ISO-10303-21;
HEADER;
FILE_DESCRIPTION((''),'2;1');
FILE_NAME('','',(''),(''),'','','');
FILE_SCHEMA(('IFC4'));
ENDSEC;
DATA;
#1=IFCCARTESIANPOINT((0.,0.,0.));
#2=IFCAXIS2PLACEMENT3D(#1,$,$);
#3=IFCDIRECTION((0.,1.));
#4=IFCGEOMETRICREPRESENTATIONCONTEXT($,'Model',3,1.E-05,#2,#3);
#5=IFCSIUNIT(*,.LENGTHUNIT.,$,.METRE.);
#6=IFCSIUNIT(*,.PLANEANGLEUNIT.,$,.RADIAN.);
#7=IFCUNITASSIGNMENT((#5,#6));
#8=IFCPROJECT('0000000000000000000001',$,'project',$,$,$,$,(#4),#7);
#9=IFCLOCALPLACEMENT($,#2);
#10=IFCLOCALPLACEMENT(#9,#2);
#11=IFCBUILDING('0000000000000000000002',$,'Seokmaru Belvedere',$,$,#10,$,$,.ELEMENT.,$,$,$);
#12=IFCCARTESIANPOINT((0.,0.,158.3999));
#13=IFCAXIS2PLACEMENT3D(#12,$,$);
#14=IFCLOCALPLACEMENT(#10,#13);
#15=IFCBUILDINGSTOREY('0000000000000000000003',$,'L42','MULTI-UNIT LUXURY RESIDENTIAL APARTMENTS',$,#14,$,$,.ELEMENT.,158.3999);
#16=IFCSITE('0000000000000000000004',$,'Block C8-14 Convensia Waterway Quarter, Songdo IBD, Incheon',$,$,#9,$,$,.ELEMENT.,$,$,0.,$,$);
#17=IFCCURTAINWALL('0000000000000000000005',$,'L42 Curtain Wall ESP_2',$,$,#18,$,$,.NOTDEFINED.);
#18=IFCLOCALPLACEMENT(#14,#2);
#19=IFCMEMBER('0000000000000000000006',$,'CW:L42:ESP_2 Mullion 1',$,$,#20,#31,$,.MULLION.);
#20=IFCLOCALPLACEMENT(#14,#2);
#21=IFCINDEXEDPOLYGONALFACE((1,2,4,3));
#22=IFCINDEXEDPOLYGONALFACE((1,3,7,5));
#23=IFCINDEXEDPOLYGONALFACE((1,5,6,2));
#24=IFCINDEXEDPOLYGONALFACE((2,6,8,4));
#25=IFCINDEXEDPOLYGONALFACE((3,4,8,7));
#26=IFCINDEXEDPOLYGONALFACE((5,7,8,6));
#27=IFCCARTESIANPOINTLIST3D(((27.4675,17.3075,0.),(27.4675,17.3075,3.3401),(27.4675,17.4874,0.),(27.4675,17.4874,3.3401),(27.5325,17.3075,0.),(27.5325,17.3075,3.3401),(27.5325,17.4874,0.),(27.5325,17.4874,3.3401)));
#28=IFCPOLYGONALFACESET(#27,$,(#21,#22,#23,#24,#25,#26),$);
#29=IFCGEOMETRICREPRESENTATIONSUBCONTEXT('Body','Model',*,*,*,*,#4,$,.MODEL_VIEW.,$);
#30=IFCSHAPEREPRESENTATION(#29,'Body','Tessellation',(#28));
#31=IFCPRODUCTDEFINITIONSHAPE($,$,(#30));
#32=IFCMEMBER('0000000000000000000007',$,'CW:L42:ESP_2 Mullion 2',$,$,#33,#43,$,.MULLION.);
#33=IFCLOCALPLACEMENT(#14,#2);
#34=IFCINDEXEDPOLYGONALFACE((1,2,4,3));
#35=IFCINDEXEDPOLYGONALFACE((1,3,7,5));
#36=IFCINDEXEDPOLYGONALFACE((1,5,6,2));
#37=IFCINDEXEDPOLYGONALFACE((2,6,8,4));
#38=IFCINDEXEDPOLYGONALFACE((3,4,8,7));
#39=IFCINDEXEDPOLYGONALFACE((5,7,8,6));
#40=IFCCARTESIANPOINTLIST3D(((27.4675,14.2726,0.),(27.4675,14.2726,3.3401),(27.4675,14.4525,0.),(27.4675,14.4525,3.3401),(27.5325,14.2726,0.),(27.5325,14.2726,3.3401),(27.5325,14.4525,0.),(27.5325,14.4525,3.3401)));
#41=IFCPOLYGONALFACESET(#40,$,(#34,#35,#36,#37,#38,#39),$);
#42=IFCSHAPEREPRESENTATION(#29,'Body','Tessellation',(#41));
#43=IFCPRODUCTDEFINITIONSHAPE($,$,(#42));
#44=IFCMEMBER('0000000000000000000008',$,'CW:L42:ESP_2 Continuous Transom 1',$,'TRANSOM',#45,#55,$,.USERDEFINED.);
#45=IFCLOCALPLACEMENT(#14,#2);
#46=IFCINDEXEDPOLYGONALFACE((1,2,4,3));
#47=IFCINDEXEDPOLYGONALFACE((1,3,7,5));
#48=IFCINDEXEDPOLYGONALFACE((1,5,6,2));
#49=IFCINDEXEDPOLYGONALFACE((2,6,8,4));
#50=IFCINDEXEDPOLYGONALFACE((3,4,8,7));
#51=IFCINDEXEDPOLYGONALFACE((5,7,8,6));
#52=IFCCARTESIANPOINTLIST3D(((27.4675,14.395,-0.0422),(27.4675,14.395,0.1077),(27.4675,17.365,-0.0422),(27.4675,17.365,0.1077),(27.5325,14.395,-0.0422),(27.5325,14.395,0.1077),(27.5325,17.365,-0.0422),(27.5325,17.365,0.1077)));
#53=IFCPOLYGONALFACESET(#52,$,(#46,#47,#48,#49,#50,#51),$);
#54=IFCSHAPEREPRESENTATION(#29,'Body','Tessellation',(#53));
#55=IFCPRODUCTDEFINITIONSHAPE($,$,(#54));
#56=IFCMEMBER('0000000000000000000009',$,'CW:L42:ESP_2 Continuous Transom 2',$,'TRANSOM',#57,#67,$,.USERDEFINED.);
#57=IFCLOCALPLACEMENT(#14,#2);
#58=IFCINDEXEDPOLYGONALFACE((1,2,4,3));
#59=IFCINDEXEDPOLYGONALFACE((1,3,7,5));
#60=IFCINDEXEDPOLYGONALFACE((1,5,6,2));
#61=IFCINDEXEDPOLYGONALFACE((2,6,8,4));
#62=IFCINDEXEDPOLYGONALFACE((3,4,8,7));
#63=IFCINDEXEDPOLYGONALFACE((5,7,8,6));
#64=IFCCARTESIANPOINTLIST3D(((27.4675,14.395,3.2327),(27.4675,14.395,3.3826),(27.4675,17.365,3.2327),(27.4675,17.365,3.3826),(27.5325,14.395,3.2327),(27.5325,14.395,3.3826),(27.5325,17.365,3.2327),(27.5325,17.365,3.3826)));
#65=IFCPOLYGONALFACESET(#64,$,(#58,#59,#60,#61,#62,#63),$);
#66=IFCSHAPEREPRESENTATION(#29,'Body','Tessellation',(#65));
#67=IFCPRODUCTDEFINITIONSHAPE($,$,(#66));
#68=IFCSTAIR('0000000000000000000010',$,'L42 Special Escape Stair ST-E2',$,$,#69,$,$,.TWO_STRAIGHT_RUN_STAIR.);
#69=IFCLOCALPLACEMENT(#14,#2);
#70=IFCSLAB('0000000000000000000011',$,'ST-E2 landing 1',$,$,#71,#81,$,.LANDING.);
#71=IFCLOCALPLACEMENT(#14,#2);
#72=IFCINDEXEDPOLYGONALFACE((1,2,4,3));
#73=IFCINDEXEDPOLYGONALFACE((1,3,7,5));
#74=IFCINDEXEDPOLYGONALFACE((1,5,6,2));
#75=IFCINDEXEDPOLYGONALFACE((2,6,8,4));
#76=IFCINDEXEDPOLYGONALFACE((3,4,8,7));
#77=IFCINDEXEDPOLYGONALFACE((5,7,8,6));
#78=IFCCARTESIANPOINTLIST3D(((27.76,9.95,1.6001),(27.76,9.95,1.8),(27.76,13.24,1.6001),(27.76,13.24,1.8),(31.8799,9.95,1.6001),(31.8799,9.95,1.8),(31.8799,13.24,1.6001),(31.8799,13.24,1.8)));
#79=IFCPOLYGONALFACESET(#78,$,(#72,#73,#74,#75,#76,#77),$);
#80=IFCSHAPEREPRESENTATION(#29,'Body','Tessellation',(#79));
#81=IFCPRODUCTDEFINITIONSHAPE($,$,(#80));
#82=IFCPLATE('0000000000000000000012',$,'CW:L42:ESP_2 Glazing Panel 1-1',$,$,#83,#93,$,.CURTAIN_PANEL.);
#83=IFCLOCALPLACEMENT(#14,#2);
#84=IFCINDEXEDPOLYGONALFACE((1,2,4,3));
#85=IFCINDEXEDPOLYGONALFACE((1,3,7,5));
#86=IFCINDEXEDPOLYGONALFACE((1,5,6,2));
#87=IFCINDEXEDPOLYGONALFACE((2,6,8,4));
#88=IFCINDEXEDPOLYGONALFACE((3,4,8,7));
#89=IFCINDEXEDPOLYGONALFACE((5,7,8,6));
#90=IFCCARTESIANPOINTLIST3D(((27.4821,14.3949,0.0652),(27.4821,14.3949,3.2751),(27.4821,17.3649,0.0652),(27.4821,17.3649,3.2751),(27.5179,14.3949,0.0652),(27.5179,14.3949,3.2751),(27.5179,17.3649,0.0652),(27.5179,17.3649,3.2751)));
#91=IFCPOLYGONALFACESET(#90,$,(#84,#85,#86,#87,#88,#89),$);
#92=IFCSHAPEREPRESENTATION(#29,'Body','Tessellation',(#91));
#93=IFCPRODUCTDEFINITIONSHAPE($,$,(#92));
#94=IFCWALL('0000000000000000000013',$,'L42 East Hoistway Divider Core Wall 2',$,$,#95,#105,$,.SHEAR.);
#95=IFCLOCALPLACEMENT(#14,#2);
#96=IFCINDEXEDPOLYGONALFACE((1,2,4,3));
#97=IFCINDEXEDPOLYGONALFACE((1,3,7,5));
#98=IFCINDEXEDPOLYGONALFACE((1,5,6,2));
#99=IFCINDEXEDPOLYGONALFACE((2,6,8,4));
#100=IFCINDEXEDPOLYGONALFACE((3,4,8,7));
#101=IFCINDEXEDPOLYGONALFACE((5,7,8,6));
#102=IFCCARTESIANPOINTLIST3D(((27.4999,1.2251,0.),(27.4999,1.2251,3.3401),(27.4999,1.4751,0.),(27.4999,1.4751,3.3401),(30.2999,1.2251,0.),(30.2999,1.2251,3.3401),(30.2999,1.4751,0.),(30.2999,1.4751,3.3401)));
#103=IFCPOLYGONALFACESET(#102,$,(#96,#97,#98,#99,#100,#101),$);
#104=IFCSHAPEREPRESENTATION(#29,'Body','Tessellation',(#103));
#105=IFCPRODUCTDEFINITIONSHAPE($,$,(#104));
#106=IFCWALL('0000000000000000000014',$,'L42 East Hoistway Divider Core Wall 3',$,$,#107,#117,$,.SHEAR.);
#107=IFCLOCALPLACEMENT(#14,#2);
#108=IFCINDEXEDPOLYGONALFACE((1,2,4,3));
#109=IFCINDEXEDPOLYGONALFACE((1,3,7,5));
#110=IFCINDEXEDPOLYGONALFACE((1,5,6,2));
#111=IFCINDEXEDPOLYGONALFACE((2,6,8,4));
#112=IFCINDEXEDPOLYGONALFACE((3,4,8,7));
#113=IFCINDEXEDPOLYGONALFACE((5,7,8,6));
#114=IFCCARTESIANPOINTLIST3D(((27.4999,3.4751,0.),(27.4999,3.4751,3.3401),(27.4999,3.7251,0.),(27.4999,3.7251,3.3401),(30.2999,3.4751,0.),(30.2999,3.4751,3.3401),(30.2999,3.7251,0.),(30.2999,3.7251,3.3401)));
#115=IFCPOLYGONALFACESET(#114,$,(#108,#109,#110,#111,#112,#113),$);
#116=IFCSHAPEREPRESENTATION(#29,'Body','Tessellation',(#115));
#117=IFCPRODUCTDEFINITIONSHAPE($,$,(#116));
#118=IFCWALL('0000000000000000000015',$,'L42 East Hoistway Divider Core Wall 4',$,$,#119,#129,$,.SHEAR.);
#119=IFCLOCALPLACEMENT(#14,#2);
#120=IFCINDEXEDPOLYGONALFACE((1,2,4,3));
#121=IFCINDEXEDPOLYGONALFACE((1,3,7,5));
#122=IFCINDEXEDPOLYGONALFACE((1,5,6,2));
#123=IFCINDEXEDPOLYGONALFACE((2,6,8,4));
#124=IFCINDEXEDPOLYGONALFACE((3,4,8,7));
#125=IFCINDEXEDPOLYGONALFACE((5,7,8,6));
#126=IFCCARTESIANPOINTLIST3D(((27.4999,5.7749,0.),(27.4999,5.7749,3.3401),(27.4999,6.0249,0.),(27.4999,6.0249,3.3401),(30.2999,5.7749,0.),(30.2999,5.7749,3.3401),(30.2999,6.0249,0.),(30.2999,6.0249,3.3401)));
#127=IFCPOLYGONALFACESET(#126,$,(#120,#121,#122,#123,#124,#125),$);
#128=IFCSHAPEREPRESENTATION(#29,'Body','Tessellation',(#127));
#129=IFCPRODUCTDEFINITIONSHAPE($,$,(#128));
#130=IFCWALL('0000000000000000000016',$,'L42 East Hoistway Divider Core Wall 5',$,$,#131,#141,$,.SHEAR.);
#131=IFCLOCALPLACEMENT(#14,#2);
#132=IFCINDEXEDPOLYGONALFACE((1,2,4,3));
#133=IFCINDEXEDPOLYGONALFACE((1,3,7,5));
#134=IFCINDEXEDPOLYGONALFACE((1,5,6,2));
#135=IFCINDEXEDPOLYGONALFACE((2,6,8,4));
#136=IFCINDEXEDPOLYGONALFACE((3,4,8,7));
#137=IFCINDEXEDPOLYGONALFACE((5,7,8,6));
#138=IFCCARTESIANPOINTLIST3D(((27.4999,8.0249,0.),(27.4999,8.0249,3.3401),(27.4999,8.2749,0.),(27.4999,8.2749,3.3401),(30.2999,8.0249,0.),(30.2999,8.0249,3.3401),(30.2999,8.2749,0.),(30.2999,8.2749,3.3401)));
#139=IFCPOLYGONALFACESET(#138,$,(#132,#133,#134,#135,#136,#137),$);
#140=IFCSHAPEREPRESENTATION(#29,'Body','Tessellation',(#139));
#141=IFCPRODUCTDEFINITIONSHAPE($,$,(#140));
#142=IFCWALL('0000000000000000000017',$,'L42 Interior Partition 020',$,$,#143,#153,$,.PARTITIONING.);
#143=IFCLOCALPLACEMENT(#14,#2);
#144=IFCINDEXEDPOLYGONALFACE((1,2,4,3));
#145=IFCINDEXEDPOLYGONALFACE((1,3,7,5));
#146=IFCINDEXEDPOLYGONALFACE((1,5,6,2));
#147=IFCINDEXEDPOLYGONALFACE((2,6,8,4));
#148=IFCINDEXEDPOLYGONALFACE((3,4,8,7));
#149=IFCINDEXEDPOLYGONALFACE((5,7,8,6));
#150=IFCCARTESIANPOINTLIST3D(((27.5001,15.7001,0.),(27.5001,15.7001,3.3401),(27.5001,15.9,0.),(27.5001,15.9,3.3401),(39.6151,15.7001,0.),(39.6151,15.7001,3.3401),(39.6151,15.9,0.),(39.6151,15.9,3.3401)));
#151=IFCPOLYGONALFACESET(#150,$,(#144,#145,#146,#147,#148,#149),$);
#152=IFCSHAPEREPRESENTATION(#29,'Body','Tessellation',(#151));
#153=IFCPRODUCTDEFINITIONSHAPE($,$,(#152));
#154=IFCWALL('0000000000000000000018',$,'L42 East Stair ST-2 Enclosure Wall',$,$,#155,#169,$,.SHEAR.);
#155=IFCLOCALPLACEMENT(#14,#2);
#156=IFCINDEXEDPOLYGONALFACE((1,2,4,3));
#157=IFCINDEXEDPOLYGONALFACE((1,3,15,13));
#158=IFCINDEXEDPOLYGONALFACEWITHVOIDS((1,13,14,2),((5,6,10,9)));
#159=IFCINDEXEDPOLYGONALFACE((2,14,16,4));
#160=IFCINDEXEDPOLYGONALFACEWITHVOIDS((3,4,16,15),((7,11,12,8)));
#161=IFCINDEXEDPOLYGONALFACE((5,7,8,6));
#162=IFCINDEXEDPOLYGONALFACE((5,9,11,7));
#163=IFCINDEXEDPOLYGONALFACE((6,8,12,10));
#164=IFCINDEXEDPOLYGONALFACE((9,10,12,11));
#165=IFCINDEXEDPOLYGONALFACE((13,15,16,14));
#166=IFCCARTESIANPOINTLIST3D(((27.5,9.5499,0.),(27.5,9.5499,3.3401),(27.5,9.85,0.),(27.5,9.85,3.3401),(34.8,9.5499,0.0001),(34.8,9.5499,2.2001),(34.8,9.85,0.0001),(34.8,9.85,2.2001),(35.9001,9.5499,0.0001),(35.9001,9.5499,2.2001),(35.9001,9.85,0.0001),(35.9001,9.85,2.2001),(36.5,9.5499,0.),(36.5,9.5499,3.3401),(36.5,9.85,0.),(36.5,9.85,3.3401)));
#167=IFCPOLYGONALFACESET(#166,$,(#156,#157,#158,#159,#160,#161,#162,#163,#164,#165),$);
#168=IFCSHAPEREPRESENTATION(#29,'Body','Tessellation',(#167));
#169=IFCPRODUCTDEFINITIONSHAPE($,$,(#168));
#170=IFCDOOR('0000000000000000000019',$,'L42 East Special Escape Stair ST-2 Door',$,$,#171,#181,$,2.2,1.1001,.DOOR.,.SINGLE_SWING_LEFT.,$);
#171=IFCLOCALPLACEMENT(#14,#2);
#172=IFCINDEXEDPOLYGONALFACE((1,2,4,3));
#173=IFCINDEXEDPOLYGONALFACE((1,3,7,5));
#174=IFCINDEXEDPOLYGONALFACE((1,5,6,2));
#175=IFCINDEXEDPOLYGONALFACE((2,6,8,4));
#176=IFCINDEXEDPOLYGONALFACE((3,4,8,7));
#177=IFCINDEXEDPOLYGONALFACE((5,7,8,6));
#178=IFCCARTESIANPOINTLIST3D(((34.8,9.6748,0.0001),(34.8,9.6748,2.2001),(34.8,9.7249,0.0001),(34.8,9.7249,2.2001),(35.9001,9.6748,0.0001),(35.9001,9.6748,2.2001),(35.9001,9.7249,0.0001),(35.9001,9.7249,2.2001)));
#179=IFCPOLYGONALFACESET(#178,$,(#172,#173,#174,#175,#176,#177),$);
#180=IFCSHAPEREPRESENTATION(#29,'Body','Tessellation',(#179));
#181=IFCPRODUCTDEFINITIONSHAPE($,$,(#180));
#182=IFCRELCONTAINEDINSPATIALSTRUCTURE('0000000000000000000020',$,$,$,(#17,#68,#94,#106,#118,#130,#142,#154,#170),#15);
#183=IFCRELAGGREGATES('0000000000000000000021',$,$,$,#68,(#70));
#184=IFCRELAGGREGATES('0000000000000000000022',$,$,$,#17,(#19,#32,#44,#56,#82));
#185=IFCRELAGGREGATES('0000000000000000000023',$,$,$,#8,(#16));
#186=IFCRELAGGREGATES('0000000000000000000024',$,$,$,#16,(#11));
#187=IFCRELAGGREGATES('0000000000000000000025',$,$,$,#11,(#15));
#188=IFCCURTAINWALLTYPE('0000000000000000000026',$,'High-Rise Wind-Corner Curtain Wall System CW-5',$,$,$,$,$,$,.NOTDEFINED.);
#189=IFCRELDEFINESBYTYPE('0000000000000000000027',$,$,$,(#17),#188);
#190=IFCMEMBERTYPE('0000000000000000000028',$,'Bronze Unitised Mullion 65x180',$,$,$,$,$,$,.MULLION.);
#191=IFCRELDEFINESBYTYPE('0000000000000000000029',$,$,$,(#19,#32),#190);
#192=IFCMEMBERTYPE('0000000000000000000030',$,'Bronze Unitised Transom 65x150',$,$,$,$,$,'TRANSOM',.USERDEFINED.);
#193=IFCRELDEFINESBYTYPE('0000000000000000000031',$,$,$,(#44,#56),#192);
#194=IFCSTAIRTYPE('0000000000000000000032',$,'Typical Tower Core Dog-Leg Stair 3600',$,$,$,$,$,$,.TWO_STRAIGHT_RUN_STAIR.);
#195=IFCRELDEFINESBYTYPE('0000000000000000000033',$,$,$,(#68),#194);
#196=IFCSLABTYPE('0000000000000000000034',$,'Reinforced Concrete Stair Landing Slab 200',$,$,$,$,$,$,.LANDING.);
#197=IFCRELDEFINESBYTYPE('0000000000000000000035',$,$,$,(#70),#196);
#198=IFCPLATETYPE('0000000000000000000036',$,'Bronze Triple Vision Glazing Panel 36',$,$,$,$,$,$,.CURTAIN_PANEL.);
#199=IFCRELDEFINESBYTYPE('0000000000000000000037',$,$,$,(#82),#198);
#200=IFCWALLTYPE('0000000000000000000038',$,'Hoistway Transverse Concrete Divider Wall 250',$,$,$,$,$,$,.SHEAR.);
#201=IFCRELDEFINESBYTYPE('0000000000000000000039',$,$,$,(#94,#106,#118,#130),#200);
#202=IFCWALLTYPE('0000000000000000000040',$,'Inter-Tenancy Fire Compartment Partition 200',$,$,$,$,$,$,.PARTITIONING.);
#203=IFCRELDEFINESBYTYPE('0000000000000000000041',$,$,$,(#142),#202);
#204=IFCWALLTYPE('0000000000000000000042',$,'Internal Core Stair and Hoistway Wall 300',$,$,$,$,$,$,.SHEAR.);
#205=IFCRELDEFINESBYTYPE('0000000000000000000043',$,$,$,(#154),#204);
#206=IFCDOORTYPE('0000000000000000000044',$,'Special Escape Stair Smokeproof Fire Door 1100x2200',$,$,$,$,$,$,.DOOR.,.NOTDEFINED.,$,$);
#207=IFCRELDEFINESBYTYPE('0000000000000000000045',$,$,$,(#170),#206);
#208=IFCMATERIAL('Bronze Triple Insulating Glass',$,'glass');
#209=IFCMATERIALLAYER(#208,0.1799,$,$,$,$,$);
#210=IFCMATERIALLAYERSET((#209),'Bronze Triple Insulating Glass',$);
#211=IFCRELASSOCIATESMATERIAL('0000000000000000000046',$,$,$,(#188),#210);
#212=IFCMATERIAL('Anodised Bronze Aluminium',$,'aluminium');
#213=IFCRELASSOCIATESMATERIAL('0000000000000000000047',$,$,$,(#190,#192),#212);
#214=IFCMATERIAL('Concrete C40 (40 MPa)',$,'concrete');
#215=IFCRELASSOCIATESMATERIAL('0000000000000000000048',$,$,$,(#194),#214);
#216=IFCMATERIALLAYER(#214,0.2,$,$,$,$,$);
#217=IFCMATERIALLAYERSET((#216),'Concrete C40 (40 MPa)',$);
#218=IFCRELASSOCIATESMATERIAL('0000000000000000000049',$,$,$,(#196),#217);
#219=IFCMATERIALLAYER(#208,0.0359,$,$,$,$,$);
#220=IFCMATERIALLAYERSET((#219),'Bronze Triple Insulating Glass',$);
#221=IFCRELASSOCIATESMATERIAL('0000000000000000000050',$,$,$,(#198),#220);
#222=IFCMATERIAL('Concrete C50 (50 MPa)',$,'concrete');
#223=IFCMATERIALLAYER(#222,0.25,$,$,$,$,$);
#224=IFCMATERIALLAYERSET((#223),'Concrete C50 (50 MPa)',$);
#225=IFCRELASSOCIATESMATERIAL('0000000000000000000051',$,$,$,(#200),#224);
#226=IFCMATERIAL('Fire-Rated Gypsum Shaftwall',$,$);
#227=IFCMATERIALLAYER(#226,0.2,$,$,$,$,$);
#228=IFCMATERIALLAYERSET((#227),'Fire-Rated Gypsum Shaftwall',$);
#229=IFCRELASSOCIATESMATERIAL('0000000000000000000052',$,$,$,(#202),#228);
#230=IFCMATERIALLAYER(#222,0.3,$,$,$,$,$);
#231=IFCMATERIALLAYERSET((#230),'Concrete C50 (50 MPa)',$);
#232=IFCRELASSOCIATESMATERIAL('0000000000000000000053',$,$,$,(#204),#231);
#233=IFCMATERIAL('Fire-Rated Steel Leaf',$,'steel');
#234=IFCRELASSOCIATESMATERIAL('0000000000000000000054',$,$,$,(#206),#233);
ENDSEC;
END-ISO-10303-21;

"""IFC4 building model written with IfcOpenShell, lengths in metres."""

from ifc_helpers import new_model, si_unit, direction, frame, frame_2d, origin, origin_2d, place, context, subcontext, project, spatial, polyline, rectangle, outline, extrude, source, transform, mapped, material, layer, layer_set, material_profile, profile_set, type_object, type_shapes, element, fill, aggregate, save


model = new_model("IFC4")

# Units and contexts
model_context = context("Model", 3, precision=1e-05, world=origin(), true_north=direction((0.0, 1.0)))
body_context = subcontext(model_context, "Body", "Model", "MODEL_VIEW")
ifc_project = project(units=[si_unit("LENGTHUNIT", "METRE"), si_unit("PLANEANGLEUNIT", "RADIAN")], contexts=[model_context])

# Site, building, storey
site_placement = place(None, origin())
site = spatial("IfcSite", under=ifc_project, at=site_placement, Name="Block C8-14 Convensia Waterway Quarter, Songdo IBD, Incheon", CompositionType="ELEMENT", RefElevation=0.0)
building_placement = place(site_placement, origin())
building = spatial("IfcBuilding", under=site, at=building_placement, Name="Seokmaru Belvedere", CompositionType="ELEMENT")
storey_placement = place(building_placement, frame((0.0, 0.0, 158.3999)))
storey = spatial("IfcBuildingStorey", under=building, at=storey_placement, Name="L42", Description="MULTI-UNIT LUXURY RESIDENTIAL APARTMENTS", CompositionType="ELEMENT", Elevation=158.3999)

# Curtain wall, members
ifc_material_1 = material(Name="Bronze Triple Insulating Glass", Category="glass")
ifc_layer_1 = layer(ifc_material_1, 0.1799)
ifc_layer_set_1 = layer_set([ifc_layer_1], Name="Bronze Triple Insulating Glass")
curtain_wall_type = type_object("IfcCurtainWallType", Name="High-Rise Wind-Corner Curtain Wall System CW-5", PredefinedType="NOTDEFINED", material=ifc_layer_set_1)
curtain_wall_placement = place(storey_placement, origin())
curtain_wall = element("IfcCurtainWall", 1, at=curtain_wall_placement, inside=storey, type_object=curtain_wall_type, Name="L42 Curtain Wall ESP_2", PredefinedType="NOTDEFINED")
ifc_material_2 = material(Name="Anodised Bronze Aluminium", Category="aluminium")
ifc_material_profile_1 = material_profile(ifc_material_2, rectangle(XDim=0.0649, YDim=0.1799, at=origin_2d()), Name="CW-M-65x180")
ifc_profile_set_1 = profile_set([ifc_material_profile_1], Name="Anodised Bronze Aluminium")
member_type_1 = type_object("IfcMemberType", Name="Bronze Unitised Mullion 65x180", PredefinedType="MULLION", material=ifc_profile_set_1)
shared_shape_1 = source(origin(), body_context, "Body", "SweptSolid", [
    extrude(rectangle(XDim=0.0649, YDim=0.1799, at=origin_2d()), origin(), (0.0, 0.0, 1.0), 3.3401),
])
type_shapes(member_type_1, [shared_shape_1])
member_1_placement = place(storey_placement, frame((27.5, 17.3975, 0.0), z_axis=(0.0, 0.0, 1.0), x_axis=(1.0, 0.0, 0.0)))
member_1 = element("IfcMember", 2, at=member_1_placement, type_object=member_type_1, Name="CW:L42:ESP_2 Mullion 1", PredefinedType="MULLION", context=body_context, shape_type="MappedRepresentation", body=[
    mapped(shared_shape_1, transform((0.0, 0.0, 0.0), scale=1.0)),
])
member_2_placement = place(storey_placement, frame((27.5, 14.3625, 0.0), z_axis=(0.0, 0.0, 1.0), x_axis=(1.0, 0.0, 0.0)))
member_2 = element("IfcMember", 3, at=member_2_placement, type_object=member_type_1, Name="CW:L42:ESP_2 Mullion 2", PredefinedType="MULLION", context=body_context, shape_type="MappedRepresentation", body=[
    mapped(shared_shape_1, transform((0.0, 0.0, 0.0), scale=1.0)),
])
ifc_material_profile_2 = material_profile(ifc_material_2, rectangle(XDim=0.0649, YDim=0.1499, at=origin_2d()), Name="CW-T-65x150")
ifc_profile_set_2 = profile_set([ifc_material_profile_2], Name="Anodised Bronze Aluminium")
member_type_2 = type_object("IfcMemberType", Name="Bronze Unitised Transom 65x150", ElementType="TRANSOM", PredefinedType="USERDEFINED", material=ifc_profile_set_2)
shared_shape_2 = source(origin(), body_context, "Body", "SweptSolid", [
    extrude(rectangle(XDim=0.0649, YDim=0.1499, at=origin_2d()), origin(), (0.0, 0.0, 1.0), 2.97),
])
type_shapes(member_type_2, [shared_shape_2])
member_3_placement = place(storey_placement, frame((27.5, 17.365, 0.0327), z_axis=(0.0, -1.0, 0.0), x_axis=(1.0, 0.0, 0.0)))
member_3 = element("IfcMember", 4, at=member_3_placement, type_object=member_type_2, Name="CW:L42:ESP_2 Continuous Transom 1", ObjectType="TRANSOM", PredefinedType="USERDEFINED", context=body_context, shape_type="MappedRepresentation", body=[
    mapped(shared_shape_2, transform((0.0, 0.0, 0.0), scale=1.0)),
])
member_4_placement = place(storey_placement, frame((27.5, 17.365, 3.3076), z_axis=(0.0, -1.0, 0.0), x_axis=(1.0, 0.0, 0.0)))
member_4 = element("IfcMember", 5, at=member_4_placement, type_object=member_type_2, Name="CW:L42:ESP_2 Continuous Transom 2", ObjectType="TRANSOM", PredefinedType="USERDEFINED", context=body_context, shape_type="MappedRepresentation", body=[
    mapped(shared_shape_2, transform((0.0, 0.0, 0.0), scale=1.0)),
])

# Stair, slab
ifc_material_3 = material(Name="Concrete C40 (40 MPa)", Category="concrete")
stair_type = type_object("IfcStairType", Name="Typical Tower Core Dog-Leg Stair 3600", PredefinedType="TWO_STRAIGHT_RUN_STAIR", material=ifc_material_3)
stair_placement = place(storey_placement, origin())
stair = element("IfcStair", 6, at=stair_placement, inside=storey, type_object=stair_type, Name="L42 Special Escape Stair ST-E2", PredefinedType="TWO_STRAIGHT_RUN_STAIR")
ifc_layer_2 = layer(ifc_material_3, 0.2)
ifc_layer_set_2 = layer_set([ifc_layer_2], Name="Concrete C40 (40 MPa)")
slab_type = type_object("IfcSlabType", Name="Reinforced Concrete Stair Landing Slab 200", PredefinedType="LANDING", material=ifc_layer_set_2)
slab_placement = place(storey_placement, frame((0.0, 0.0, 1.6001)))
slab = element("IfcSlab", 7, at=slab_placement, type_object=slab_type, Name="ST-E2 landing 1", PredefinedType="LANDING", context=body_context, shape_type="SweptSolid", body=[
    extrude(outline(polyline([(27.76, 9.95), (31.8799, 9.95), (31.8799, 13.24), (27.76, 13.24), (27.76, 9.95)])), origin(), (0.0, 0.0, 1.0), 0.2),
])
aggregate(stair, [slab])

# Plate
ifc_layer_3 = layer(ifc_material_1, 0.0359)
ifc_layer_set_3 = layer_set([ifc_layer_3], Name="Bronze Triple Insulating Glass")
plate_type = type_object("IfcPlateType", Name="Bronze Triple Vision Glazing Panel 36", PredefinedType="CURTAIN_PANEL", material=ifc_layer_set_3)
shared_shape_3 = source(origin(), body_context, "Body", "SweptSolid", [
    extrude(rectangle(XDim=2.97, YDim=0.0359, at=origin_2d()), origin(), (0.0, 0.0, 1.0), 3.21),
])
type_shapes(plate_type, [shared_shape_3])
plate_placement = place(storey_placement, frame((27.5, 15.8799, 0.0652), z_axis=(0.0, 0.0, 1.0), x_axis=(0.0, -1.0, 0.0)))
plate = element("IfcPlate", 8, at=plate_placement, type_object=plate_type, Name="CW:L42:ESP_2 Glazing Panel 1-1", PredefinedType="CURTAIN_PANEL", context=body_context, shape_type="MappedRepresentation", body=[
    mapped(shared_shape_3, transform((0.0, 0.0, 0.0), scale=1.0)),
])
aggregate(curtain_wall, [member_1, member_2, member_3, member_4, plate])

# Walls
ifc_material_4 = material(Name="Concrete C50 (50 MPa)", Category="concrete")
ifc_layer_4 = layer(ifc_material_4, 0.25)
ifc_layer_set_4 = layer_set([ifc_layer_4], Name="Concrete C50 (50 MPa)")
wall_type_1 = type_object("IfcWallType", Name="Hoistway Transverse Concrete Divider Wall 250", PredefinedType="SHEAR", material=ifc_layer_set_4)
for number, where, z_axis, x_axis, name in (
    (9, (27.5, 1.3501, 0.0), (0.0, 0.0, 1.0), (1.0, 0.0, 0.0), "L42 East Hoistway Divider Core Wall 2"),
    (10, (27.5, 3.6001, 0.0), (0.0, 0.0, 1.0), (1.0, 0.0, 0.0), "L42 East Hoistway Divider Core Wall 3"),
    (11, (27.5, 5.8999, 0.0), (0.0, 0.0, 1.0), (1.0, 0.0, 0.0), "L42 East Hoistway Divider Core Wall 4"),
    (12, (27.5, 8.1499, 0.0), (0.0, 0.0, 1.0), (1.0, 0.0, 0.0), "L42 East Hoistway Divider Core Wall 5"),
):
    element("IfcWall", number, at=place(storey_placement, frame(where, z_axis=z_axis, x_axis=x_axis)), inside=storey, type_object=wall_type_1, Name=name, PredefinedType="SHEAR", context=body_context, shape_type="SweptSolid", body=[
        extrude(rectangle(XDim=2.8, YDim=0.25, at=frame_2d((1.3999, 0.0))), origin(), (0.0, 0.0, 1.0), 3.3401),
    ])
ifc_material_5 = material(Name="Fire-Rated Gypsum Shaftwall")
ifc_layer_5 = layer(ifc_material_5, 0.2)
ifc_layer_set_5 = layer_set([ifc_layer_5], Name="Fire-Rated Gypsum Shaftwall")
wall_type_2 = type_object("IfcWallType", Name="Inter-Tenancy Fire Compartment Partition 200", PredefinedType="PARTITIONING", material=ifc_layer_set_5)
wall_1_placement = place(storey_placement, frame((27.5, 15.8, 0.0), z_axis=(0.0, 0.0, 1.0), x_axis=(1.0, 0.0, 0.0)))
element("IfcWall", 13, at=wall_1_placement, inside=storey, type_object=wall_type_2, Name="L42 Interior Partition 020", PredefinedType="PARTITIONING", context=body_context, shape_type="SweptSolid", body=[
    extrude(rectangle(XDim=12.115, YDim=0.2, at=frame_2d((6.0576, 0.0))), origin(), (0.0, 0.0, 1.0), 3.3401),
])

# Wall, opening, door
ifc_layer_6 = layer(ifc_material_4, 0.3)
ifc_layer_set_6 = layer_set([ifc_layer_6], Name="Concrete C50 (50 MPa)")
wall_type_3 = type_object("IfcWallType", Name="Internal Core Stair and Hoistway Wall 300", PredefinedType="SHEAR", material=ifc_layer_set_6)
wall_2_placement = place(storey_placement, frame((27.5, 9.7, 0.0), z_axis=(0.0, 0.0, 1.0), x_axis=(1.0, 0.0, 0.0)))
wall_2 = element("IfcWall", 14, at=wall_2_placement, inside=storey, type_object=wall_type_3, Name="L42 East Stair ST-2 Enclosure Wall", PredefinedType="SHEAR", context=body_context, shape_type="SweptSolid", body=[
    extrude(rectangle(XDim=9.0, YDim=0.3, at=frame_2d((4.5, 0.0))), origin(), (0.0, 0.0, 1.0), 3.3401),
])
opening_placement = place(wall_2_placement, frame((7.3, 0.0, 0.0)))
opening = element("IfcOpeningElement", 15, at=opening_placement, cuts=wall_2, PredefinedType="OPENING", context=body_context, shape_type="SweptSolid", body=[
    extrude(rectangle(XDim=1.1001, YDim=2.2, at=frame_2d((0.55, 1.1001))), frame((0.0, 0.1602, 0.0), z_axis=(0.0, -1.0, 0.0), x_axis=(1.0, 0.0, 0.0)), (0.0, 0.0, 1.0), 0.3201),
])
ifc_material_6 = material(Name="Fire-Rated Steel Leaf", Category="steel")
door_type = type_object("IfcDoorType", Name="Special Escape Stair Smokeproof Fire Door 1100x2200", OperationType="NOTDEFINED", PredefinedType="DOOR", material=ifc_material_6)
shared_shape_4 = source(origin(), body_context, "Body", "SweptSolid", [
    extrude(rectangle(XDim=1.1001, YDim=2.2, at=frame_2d((0.55, 1.1001))), frame((0.0, 0.0249, 0.0), z_axis=(0.0, -1.0, 0.0), x_axis=(1.0, 0.0, 0.0)), (0.0, 0.0, 1.0), 0.05),
])
type_shapes(door_type, [shared_shape_4])
door_placement = place(opening_placement, origin())
door = element("IfcDoor", 16, at=door_placement, inside=storey, type_object=door_type, Name="L42 East Special Escape Stair ST-2 Door", OperationType="SINGLE_SWING_LEFT", OverallHeight=2.2, OverallWidth=1.1001, PredefinedType="DOOR", context=body_context, shape_type="MappedRepresentation", body=[
    mapped(shared_shape_4, transform((0.0, 0.0, 0.0), scale=1.0)),
])
fill(opening, door)

save(model, "model.ifc")
